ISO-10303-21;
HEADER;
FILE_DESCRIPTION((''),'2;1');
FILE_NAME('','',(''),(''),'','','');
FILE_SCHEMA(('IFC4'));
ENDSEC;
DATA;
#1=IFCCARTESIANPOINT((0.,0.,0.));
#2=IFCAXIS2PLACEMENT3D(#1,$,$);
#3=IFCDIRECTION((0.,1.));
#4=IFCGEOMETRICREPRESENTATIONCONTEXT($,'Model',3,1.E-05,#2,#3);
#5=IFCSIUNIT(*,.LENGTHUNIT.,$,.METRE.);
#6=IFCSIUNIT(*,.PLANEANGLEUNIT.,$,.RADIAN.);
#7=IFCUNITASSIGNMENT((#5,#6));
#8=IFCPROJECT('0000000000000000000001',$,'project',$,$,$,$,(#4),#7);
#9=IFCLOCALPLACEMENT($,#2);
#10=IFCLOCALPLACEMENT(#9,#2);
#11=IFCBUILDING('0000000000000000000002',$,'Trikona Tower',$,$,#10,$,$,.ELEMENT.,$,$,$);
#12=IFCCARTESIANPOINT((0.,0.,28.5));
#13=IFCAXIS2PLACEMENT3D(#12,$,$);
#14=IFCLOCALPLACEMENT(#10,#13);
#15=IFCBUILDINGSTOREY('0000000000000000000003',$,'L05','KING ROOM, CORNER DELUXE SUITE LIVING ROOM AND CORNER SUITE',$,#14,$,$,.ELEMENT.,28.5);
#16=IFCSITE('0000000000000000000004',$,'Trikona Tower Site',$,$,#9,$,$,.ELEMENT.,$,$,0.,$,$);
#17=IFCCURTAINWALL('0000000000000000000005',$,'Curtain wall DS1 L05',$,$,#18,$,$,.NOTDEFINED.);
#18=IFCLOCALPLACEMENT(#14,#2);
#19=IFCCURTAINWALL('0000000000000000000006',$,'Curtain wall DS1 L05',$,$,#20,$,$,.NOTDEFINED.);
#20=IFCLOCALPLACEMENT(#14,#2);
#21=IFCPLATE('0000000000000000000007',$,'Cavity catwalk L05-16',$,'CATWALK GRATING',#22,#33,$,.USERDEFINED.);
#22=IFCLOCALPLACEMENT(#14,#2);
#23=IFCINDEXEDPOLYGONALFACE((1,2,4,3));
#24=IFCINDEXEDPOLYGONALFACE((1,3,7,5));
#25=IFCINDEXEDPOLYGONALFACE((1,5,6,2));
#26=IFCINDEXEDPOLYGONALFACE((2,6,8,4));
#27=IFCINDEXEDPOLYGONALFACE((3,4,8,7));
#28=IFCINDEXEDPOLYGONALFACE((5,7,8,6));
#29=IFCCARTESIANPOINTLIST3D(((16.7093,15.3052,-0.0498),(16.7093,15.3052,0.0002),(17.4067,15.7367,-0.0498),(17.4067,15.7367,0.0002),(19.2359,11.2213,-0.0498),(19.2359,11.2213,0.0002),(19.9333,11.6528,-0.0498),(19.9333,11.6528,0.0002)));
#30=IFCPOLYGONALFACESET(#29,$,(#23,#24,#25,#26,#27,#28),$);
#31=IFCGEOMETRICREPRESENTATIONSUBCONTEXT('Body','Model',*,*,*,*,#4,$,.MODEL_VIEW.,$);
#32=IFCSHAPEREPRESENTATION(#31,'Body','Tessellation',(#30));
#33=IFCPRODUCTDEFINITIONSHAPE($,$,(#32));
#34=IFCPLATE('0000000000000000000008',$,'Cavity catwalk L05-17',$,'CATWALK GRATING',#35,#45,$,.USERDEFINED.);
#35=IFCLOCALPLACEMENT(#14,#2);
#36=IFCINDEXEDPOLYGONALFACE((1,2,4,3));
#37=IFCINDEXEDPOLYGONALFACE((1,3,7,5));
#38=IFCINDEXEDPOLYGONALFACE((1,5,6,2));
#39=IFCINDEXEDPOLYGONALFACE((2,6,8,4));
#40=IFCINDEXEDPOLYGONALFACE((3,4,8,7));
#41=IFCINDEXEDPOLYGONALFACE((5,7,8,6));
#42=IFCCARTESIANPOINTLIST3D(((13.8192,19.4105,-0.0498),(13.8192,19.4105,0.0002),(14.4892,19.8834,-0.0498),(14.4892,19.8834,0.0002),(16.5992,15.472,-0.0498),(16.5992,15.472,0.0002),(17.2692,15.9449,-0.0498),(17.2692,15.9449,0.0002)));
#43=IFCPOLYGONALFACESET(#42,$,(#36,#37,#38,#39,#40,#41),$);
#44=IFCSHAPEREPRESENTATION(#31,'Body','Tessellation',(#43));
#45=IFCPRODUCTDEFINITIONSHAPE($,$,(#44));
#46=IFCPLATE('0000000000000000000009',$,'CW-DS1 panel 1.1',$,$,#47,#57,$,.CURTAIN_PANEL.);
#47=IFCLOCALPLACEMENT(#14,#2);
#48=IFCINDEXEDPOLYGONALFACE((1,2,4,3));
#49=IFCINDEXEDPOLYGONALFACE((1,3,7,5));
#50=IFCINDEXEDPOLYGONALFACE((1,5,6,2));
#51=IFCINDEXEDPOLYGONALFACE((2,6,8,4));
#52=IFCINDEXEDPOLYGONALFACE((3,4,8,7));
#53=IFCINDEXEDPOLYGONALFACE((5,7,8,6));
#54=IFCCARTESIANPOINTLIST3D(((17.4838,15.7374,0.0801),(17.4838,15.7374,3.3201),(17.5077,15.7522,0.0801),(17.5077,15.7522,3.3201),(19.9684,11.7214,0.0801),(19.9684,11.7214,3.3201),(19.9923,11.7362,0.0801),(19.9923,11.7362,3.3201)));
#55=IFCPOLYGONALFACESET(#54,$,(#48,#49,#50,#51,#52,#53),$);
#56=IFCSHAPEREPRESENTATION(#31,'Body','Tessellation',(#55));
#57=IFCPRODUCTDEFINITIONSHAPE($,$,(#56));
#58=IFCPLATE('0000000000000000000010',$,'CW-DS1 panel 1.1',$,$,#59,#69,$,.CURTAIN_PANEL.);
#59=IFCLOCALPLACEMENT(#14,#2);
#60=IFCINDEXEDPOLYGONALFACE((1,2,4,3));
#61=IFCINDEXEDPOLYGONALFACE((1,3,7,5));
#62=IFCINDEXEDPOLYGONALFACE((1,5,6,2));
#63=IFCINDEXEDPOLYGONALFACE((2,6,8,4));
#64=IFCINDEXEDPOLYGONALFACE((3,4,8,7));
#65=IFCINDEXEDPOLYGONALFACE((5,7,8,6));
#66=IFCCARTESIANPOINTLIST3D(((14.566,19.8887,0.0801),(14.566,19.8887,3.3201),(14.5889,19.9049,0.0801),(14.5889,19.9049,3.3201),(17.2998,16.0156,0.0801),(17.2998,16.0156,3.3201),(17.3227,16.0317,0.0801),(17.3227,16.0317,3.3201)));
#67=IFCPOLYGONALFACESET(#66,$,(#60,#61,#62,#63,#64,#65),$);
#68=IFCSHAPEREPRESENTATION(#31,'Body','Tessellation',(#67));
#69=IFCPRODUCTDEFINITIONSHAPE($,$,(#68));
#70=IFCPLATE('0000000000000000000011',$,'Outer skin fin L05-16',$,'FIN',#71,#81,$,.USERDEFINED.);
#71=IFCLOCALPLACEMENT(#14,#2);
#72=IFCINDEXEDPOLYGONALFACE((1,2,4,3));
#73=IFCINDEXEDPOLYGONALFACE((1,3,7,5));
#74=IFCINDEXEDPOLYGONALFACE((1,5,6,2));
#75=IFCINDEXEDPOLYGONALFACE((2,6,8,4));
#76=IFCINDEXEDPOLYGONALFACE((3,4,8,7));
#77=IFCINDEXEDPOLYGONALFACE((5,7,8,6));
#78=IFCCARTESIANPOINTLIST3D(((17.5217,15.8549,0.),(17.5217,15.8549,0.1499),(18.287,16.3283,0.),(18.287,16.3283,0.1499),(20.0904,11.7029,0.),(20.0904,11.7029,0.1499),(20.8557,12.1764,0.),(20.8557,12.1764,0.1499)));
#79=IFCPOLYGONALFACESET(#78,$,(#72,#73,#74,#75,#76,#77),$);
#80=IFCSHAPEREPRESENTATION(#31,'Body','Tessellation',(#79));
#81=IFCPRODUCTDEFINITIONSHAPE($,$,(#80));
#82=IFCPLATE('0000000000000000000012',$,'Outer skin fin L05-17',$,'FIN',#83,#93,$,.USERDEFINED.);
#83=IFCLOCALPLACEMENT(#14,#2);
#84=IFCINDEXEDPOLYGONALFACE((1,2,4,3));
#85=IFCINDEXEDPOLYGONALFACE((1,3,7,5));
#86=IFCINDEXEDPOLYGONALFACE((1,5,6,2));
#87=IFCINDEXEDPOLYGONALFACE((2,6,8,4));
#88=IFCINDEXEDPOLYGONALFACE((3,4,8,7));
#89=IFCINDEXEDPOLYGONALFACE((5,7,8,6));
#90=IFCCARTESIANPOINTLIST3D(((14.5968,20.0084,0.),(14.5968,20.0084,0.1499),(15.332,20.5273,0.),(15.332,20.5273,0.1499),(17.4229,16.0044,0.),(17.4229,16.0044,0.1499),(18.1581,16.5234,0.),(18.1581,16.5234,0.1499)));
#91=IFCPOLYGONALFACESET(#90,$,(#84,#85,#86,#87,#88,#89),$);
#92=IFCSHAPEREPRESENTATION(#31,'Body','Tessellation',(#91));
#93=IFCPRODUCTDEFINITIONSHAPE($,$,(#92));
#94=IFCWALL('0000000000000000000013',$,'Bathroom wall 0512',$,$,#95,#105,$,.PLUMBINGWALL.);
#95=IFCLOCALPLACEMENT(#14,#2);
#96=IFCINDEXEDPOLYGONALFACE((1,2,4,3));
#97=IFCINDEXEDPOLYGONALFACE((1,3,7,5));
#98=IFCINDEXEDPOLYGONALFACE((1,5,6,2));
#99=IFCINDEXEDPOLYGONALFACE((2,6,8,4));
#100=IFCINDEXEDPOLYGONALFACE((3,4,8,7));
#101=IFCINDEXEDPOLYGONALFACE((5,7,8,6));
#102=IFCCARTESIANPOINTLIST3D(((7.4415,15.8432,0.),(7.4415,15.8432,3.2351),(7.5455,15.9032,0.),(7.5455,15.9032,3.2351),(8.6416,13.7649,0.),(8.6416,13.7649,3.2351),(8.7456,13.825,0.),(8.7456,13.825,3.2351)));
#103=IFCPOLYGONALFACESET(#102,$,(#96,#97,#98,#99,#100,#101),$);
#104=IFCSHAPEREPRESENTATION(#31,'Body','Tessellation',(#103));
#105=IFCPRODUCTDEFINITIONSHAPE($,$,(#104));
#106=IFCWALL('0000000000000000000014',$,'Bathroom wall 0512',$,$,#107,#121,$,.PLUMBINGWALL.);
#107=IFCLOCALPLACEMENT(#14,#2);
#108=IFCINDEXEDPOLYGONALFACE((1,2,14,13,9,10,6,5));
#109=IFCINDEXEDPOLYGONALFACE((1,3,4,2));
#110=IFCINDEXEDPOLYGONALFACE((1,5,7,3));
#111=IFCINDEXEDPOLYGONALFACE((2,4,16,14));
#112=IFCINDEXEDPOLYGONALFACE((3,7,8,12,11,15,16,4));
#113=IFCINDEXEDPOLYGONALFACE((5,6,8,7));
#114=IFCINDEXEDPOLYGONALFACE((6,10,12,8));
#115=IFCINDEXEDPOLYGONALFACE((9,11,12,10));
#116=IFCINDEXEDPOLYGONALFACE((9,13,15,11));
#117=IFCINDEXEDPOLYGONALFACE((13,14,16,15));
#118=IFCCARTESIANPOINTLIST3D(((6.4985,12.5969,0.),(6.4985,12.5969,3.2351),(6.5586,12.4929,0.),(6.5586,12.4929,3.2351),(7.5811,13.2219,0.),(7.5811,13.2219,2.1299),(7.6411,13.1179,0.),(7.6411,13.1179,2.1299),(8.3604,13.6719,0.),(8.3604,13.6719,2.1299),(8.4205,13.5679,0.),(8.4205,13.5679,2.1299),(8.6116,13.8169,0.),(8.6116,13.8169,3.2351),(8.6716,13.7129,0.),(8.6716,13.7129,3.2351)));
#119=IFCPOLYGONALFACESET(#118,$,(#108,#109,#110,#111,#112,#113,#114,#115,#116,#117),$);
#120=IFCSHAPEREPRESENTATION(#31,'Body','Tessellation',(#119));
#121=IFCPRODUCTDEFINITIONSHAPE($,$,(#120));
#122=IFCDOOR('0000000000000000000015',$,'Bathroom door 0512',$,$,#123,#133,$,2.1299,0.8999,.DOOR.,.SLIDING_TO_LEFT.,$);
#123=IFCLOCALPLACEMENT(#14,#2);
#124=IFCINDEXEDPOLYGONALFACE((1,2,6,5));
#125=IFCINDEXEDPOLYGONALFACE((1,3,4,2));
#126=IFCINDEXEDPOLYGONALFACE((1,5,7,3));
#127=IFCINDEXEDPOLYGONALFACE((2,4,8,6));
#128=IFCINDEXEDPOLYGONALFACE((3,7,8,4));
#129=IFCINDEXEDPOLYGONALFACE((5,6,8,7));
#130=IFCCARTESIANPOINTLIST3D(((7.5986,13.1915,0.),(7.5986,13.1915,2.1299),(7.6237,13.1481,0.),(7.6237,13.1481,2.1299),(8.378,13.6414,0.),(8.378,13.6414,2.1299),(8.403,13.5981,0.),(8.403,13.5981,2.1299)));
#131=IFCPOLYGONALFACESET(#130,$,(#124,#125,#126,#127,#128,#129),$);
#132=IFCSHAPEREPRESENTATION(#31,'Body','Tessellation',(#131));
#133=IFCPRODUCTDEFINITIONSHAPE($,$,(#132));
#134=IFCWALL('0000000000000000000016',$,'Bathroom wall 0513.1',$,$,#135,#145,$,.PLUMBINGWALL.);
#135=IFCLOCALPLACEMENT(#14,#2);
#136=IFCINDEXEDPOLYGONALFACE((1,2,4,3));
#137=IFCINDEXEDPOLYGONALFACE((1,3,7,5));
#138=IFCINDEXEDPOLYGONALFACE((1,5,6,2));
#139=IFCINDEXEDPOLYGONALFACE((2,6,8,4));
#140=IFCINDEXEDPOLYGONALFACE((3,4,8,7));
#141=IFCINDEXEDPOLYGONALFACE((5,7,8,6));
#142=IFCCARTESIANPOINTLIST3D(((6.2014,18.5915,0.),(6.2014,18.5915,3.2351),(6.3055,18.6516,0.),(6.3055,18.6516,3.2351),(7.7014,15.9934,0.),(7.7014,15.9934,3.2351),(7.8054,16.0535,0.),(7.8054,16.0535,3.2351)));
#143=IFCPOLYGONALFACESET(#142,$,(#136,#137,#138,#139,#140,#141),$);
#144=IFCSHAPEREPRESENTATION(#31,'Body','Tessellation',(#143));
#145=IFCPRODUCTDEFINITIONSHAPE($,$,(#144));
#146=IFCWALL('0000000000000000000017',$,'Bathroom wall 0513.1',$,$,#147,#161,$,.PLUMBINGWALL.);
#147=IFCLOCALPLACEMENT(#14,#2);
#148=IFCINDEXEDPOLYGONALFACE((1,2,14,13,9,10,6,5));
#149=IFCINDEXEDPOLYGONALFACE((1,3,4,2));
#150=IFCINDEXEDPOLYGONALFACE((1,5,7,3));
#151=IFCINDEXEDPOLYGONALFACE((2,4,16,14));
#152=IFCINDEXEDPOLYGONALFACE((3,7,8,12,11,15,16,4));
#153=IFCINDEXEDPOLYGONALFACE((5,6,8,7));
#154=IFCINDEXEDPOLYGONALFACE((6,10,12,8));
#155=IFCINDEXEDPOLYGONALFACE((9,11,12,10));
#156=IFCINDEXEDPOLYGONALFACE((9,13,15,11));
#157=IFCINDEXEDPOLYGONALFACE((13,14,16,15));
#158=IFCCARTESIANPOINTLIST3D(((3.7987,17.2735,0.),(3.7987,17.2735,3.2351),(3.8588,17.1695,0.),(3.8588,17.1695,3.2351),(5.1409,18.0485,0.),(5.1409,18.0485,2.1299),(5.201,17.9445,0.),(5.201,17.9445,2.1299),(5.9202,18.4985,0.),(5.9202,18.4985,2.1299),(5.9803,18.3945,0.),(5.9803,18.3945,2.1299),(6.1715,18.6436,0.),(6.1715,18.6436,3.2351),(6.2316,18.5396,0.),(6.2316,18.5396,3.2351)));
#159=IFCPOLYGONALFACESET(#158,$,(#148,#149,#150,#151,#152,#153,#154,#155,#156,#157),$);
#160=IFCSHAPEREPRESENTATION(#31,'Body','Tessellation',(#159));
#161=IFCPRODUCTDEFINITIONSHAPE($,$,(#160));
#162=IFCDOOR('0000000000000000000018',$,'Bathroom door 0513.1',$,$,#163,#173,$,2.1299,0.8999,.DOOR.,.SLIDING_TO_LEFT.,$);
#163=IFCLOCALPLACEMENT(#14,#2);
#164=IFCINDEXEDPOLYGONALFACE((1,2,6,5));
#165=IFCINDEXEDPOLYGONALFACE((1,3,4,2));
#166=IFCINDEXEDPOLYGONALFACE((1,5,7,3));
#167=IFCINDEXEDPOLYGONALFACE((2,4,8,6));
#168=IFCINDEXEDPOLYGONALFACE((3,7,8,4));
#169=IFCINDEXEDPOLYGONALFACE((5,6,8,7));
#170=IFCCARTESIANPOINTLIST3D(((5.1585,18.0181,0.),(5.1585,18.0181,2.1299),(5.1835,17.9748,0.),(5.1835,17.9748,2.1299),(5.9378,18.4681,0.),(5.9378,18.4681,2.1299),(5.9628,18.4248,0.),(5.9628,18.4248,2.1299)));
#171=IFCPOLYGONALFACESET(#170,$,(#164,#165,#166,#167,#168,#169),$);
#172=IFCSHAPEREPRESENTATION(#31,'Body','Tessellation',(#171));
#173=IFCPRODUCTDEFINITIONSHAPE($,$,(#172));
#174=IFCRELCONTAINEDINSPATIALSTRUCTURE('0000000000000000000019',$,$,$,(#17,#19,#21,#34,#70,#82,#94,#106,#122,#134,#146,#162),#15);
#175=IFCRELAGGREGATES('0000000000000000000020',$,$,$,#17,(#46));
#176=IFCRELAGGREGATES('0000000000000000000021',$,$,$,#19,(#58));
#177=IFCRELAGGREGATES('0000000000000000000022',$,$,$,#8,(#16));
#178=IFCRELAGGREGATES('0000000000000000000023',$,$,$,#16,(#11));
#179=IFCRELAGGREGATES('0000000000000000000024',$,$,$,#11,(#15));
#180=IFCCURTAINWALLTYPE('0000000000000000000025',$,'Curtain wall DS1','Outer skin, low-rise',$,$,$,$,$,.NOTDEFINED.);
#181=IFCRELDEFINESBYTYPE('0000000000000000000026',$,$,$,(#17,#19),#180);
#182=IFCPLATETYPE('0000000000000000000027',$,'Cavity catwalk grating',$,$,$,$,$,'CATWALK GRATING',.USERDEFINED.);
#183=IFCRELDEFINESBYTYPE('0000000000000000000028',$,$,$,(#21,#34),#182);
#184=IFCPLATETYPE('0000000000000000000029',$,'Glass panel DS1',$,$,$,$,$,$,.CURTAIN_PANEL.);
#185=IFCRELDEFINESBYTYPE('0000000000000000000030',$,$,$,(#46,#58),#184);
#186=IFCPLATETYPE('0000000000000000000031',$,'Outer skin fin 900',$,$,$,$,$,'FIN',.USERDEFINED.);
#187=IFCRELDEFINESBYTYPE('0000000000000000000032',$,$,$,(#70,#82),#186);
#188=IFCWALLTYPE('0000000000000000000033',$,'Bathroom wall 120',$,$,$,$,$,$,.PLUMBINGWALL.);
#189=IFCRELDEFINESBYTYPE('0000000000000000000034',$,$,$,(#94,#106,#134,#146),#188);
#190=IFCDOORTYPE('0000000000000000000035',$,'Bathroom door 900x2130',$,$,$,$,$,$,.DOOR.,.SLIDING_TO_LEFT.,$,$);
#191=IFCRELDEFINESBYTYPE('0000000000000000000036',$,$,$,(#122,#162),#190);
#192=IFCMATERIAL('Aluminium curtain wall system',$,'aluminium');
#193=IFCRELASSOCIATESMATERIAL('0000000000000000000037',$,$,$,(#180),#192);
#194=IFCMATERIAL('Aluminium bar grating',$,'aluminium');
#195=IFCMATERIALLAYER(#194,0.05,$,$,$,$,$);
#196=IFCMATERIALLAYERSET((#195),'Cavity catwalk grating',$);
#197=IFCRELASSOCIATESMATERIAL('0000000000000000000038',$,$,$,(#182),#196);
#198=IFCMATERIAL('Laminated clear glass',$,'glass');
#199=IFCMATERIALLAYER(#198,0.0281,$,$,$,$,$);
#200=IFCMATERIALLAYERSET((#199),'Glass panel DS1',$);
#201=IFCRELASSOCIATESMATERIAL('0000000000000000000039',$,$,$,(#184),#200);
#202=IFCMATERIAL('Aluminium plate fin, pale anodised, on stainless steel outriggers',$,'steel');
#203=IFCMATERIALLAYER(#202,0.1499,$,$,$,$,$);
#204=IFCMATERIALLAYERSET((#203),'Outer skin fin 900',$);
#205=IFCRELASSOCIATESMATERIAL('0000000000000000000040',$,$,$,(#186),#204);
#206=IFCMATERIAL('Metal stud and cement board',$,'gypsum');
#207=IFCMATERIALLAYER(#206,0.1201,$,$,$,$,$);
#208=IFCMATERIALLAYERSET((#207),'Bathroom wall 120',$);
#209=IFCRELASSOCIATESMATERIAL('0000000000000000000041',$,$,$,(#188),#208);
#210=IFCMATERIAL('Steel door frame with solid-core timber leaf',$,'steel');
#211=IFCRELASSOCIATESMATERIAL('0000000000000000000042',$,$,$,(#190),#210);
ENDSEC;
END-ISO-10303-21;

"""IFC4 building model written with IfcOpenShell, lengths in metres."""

from ifc_helpers import new_model, si_unit, direction, frame, frame_2d, origin, origin_2d, place, context, subcontext, project, spatial, rectangle, extrude, material, layer, layer_set, type_object, element, fill, aggregate, save


model = new_model("IFC4")

# Units and contexts
model_context = context("Model", 3, precision=1e-05, world=origin(), true_north=direction((0.0, 1.0)))
body_context = subcontext(model_context, "Body", "Model", "MODEL_VIEW")
ifc_project = project(units=[si_unit("LENGTHUNIT", "METRE"), si_unit("PLANEANGLEUNIT", "RADIAN")], contexts=[model_context])

# Site, building, storey
site_placement = place(None, origin())
site = spatial("IfcSite", under=ifc_project, at=site_placement, Name="Trikona Tower Site", CompositionType="ELEMENT", RefElevation=0.0)
building_placement = place(site_placement, origin())
building = spatial("IfcBuilding", under=site, at=building_placement, Name="Trikona Tower", CompositionType="ELEMENT")
storey_placement = place(building_placement, frame((0.0, 0.0, 28.5)))
storey = spatial("IfcBuildingStorey", under=building, at=storey_placement, Name="L05", Description="KING ROOM, CORNER DELUXE SUITE LIVING ROOM AND CORNER SUITE", CompositionType="ELEMENT", Elevation=28.5)

# Curtain wall
ifc_material_1 = material(Name="Aluminium curtain wall system", Category="aluminium")
curtain_wall_type = type_object("IfcCurtainWallType", Name="Curtain wall DS1", Description="Outer skin, low-rise", PredefinedType="NOTDEFINED", material=ifc_material_1)
curtain_wall_1_placement = place(storey_placement, origin())
curtain_wall_1 = element("IfcCurtainWall", 1, at=curtain_wall_1_placement, inside=storey, type_object=curtain_wall_type, Name="Curtain wall DS1 L05", PredefinedType="NOTDEFINED")

# Curtain wall
curtain_wall_2_placement = place(storey_placement, origin())
curtain_wall_2 = element("IfcCurtainWall", 2, at=curtain_wall_2_placement, inside=storey, type_object=curtain_wall_type, Name="Curtain wall DS1 L05", PredefinedType="NOTDEFINED")

# Plates
ifc_material_2 = material(Name="Aluminium bar grating", Category="aluminium")
ifc_layer_1 = layer(ifc_material_2, 0.05)
ifc_layer_set_1 = layer_set([ifc_layer_1], Name="Cavity catwalk grating")
plate_type_1 = type_object("IfcPlateType", Name="Cavity catwalk grating", ElementType="CATWALK GRATING", PredefinedType="USERDEFINED", material=ifc_layer_set_1)
plate_1_placement = place(storey_placement, frame((18.3213, 13.479, -0.0498), z_axis=(0.0, 0.0, 1.0), x_axis=(-0.526119, 0.850411, 0.0)))
element("IfcPlate", 3, at=plate_1_placement, inside=storey, type_object=plate_type_1, Name="Cavity catwalk L05-16", ObjectType="CATWALK GRATING", PredefinedType="USERDEFINED", context=body_context, shape_type="SweptSolid", body=[
    extrude(rectangle(XDim=4.8022, YDim=0.8201, at=origin_2d()), origin(), (0.0, 0.0, 1.0), 0.05),
])
plate_2_placement = place(storey_placement, frame((15.5442, 17.6777, -0.0498), z_axis=(0.0, 0.0, 1.0), x_axis=(-0.576662, 0.816983, 0.0)))
element("IfcPlate", 4, at=plate_2_placement, inside=storey, type_object=plate_type_1, Name="Cavity catwalk L05-17", ObjectType="CATWALK GRATING", PredefinedType="USERDEFINED", context=body_context, shape_type="SweptSolid", body=[
    extrude(rectangle(XDim=4.8208, YDim=0.8201, at=origin_2d()), origin(), (0.0, 0.0, 1.0), 0.05),
])

# Plates
ifc_material_3 = material(Name="Laminated clear glass", Category="glass")
ifc_layer_2 = layer(ifc_material_3, 0.0281)
ifc_layer_set_2 = layer_set([ifc_layer_2], Name="Glass panel DS1")
plate_type_2 = type_object("IfcPlateType", Name="Glass panel DS1", PredefinedType="CURTAIN_PANEL", material=ifc_layer_set_2)
plate_3_placement = place(storey_placement, frame((18.738, 13.7368, 0.0801), z_axis=(0.0, 0.0, 1.0), x_axis=(-0.52612, 0.85041, 0.0)))
plate_3 = element("IfcPlate", 5, at=plate_3_placement, type_object=plate_type_2, Name="CW-DS1 panel 1.1", PredefinedType="CURTAIN_PANEL", context=body_context, shape_type="SweptSolid", body=[
    extrude(rectangle(XDim=4.7224, YDim=0.0281, at=origin_2d()), origin(), (0.0, 0.0, 1.0), 3.24),
])
aggregate(curtain_wall_1, [plate_3])
plate_4_placement = place(storey_placement, frame((15.9443, 17.9602, 0.0801), z_axis=(0.0, 0.0, 1.0), x_axis=(-0.576658, 0.816985, 0.0)))
plate_4 = element("IfcPlate", 6, at=plate_4_placement, type_object=plate_type_2, Name="CW-DS1 panel 1.1", PredefinedType="CURTAIN_PANEL", context=body_context, shape_type="SweptSolid", body=[
    extrude(rectangle(XDim=4.7407, YDim=0.0281, at=origin_2d()), origin(), (0.0, 0.0, 1.0), 3.24),
])
aggregate(curtain_wall_2, [plate_4])

# Plates
ifc_material_4 = material(Name="Aluminium plate fin, pale anodised, on stainless steel outriggers", Category="steel")
ifc_layer_3 = layer(ifc_material_4, 0.1499)
ifc_layer_set_3 = layer_set([ifc_layer_3], Name="Outer skin fin 900")
plate_type_3 = type_object("IfcPlateType", Name="Outer skin fin 900", ElementType="FIN", PredefinedType="USERDEFINED", material=ifc_layer_set_3)
plate_5_placement = place(storey_placement, frame((19.1887, 14.0156, 0.0), z_axis=(0.0, 0.0, 1.0), x_axis=(-0.526119, 0.850411, 0.0)))
element("IfcPlate", 7, at=plate_5_placement, inside=storey, type_object=plate_type_3, Name="Outer skin fin L05-16", ObjectType="FIN", PredefinedType="USERDEFINED", context=body_context, shape_type="SweptSolid", body=[
    extrude(rectangle(XDim=4.8823, YDim=0.8999, at=origin_2d()), origin(), (0.0, 0.0, 1.0), 0.1499),
])
plate_6_placement = place(storey_placement, frame((16.3774, 18.2659, 0.0), z_axis=(0.0, 0.0, 1.0), x_axis=(-0.576662, 0.816983, 0.0)))
element("IfcPlate", 8, at=plate_6_placement, inside=storey, type_object=plate_type_3, Name="Outer skin fin L05-17", ObjectType="FIN", PredefinedType="USERDEFINED", context=body_context, shape_type="SweptSolid", body=[
    extrude(rectangle(XDim=4.9009, YDim=0.8999, at=origin_2d()), origin(), (0.0, 0.0, 1.0), 0.1499),
])

# Wall
ifc_material_5 = material(Name="Metal stud and cement board", Category="gypsum")
ifc_layer_4 = layer(ifc_material_5, 0.1201)
ifc_layer_set_4 = layer_set([ifc_layer_4], Name="Bathroom wall 120")
wall_type_1 = type_object("IfcWallType", Name="Bathroom wall 120", PredefinedType="PLUMBINGWALL", material=ifc_layer_set_4)
wall_1_placement = place(storey_placement, frame((8.6936, 13.7949, 0.0), z_axis=(0.0, 0.0, 1.0), x_axis=(-0.500078, 0.865981, 0.0)))
element("IfcWall", 9, at=wall_1_placement, inside=storey, type_object=wall_type_1, Name="Bathroom wall 0512", PredefinedType="PLUMBINGWALL", context=body_context, shape_type="SweptSolid", body=[
    extrude(rectangle(XDim=2.3999, YDim=0.1201, at=frame_2d((1.2, 0.0))), origin(), (0.0, 0.0, 1.0), 3.2351),
])

# Wall, opening, door
wall_2_placement = place(storey_placement, frame((6.5286, 12.5449, 0.0), z_axis=(0.0, 0.0, 1.0), x_axis=(0.866024, 0.500003, 0.0)))
wall_2 = element("IfcWall", 10, at=wall_2_placement, inside=storey, type_object=wall_type_1, Name="Bathroom wall 0512", PredefinedType="PLUMBINGWALL", context=body_context, shape_type="SweptSolid", body=[
    extrude(rectangle(XDim=2.4399, YDim=0.1201, at=frame_2d((1.22, 0.0))), origin(), (0.0, 0.0, 1.0), 3.2351),
])
opening_1_placement = place(wall_2_placement, frame((1.25, 0.0, 0.0)))
opening_1 = element("IfcOpeningElement", 11, at=opening_1_placement, cuts=wall_2, PredefinedType="OPENING", context=body_context, shape_type="SweptSolid", body=[
    extrude(rectangle(XDim=0.8999, YDim=2.1299, at=frame_2d((0.45, 1.0649))), frame((0.0, 0.0701, 0.0), z_axis=(0.0, -1.0, 0.0), x_axis=(1.0, 0.0, 0.0)), (0.0, 0.0, 1.0), 0.1401),
])
ifc_material_6 = material(Name="Steel door frame with solid-core timber leaf", Category="steel")
door_type_1 = type_object("IfcDoorType", Name="Bathroom door 900x2130", OperationType="SLIDING_TO_LEFT", PredefinedType="DOOR", material=ifc_material_6)
door_1_placement = place(opening_1_placement, origin())
door_1 = element("IfcDoor", 12, at=door_1_placement, inside=storey, type_object=door_type_1, Name="Bathroom door 0512", OperationType="SLIDING_TO_LEFT", OverallHeight=2.1299, OverallWidth=0.8999, PredefinedType="DOOR", context=body_context, shape_type="SweptSolid", body=[
    extrude(rectangle(XDim=0.8999, YDim=2.1299, at=frame_2d((0.45, 1.0649))), frame((0.0, 0.0249, 0.0), z_axis=(0.0, -1.0, 0.0), x_axis=(1.0, 0.0, 0.0)), (0.0, 0.0, 1.0), 0.05),
])
fill(opening_1, door_1)

# Wall
wall_3_placement = place(storey_placement, frame((7.7534, 16.0234, 0.0), z_axis=(0.0, 0.0, 1.0), x_axis=(-0.49999, 0.866031, 0.0)))
element("IfcWall", 13, at=wall_3_placement, inside=storey, type_object=wall_type_1, Name="Bathroom wall 0513.1", PredefinedType="PLUMBINGWALL", context=body_context, shape_type="SweptSolid", body=[
    extrude(rectangle(XDim=3.0, YDim=0.1201, at=frame_2d((1.5, 0.0))), origin(), (0.0, 0.0, 1.0), 3.2351),
])

# Wall, opening, door
wall_4_placement = place(storey_placement, frame((3.8286, 17.2214, 0.0), z_axis=(0.0, 0.0, 1.0), x_axis=(0.865997, 0.500049, 0.0)))
wall_4 = element("IfcWall", 14, at=wall_4_placement, inside=storey, type_object=wall_type_1, Name="Bathroom wall 0513.1", PredefinedType="PLUMBINGWALL", context=body_context, shape_type="SweptSolid", body=[
    extrude(rectangle(XDim=2.74, YDim=0.1201, at=frame_2d((1.3701, 0.0))), origin(), (0.0, 0.0, 1.0), 3.2351),
])
opening_2_placement = place(wall_4_placement, frame((1.55, 0.0, 0.0)))
opening_2 = element("IfcOpeningElement", 15, at=opening_2_placement, cuts=wall_4, PredefinedType="OPENING", context=body_context, shape_type="SweptSolid", body=[
    extrude(rectangle(XDim=0.8999, YDim=2.1299, at=frame_2d((0.45, 1.0649))), frame((0.0, 0.0701, 0.0), z_axis=(0.0, -1.0, 0.0), x_axis=(1.0, 0.0, 0.0)), (0.0, 0.0, 1.0), 0.1401),
])
door_2_placement = place(opening_2_placement, origin())
door_2 = element("IfcDoor", 16, at=door_2_placement, inside=storey, type_object=door_type_1, Name="Bathroom door 0513.1", OperationType="SLIDING_TO_LEFT", OverallHeight=2.1299, OverallWidth=0.8999, PredefinedType="DOOR", context=body_context, shape_type="SweptSolid", body=[
    extrude(rectangle(XDim=0.8999, YDim=2.1299, at=frame_2d((0.45, 1.0649))), frame((0.0, 0.0249, 0.0), z_axis=(0.0, -1.0, 0.0), x_axis=(1.0, 0.0, 0.0)), (0.0, 0.0, 1.0), 0.05),
])
fill(opening_2, door_2)

save(model, "model.ifc")
